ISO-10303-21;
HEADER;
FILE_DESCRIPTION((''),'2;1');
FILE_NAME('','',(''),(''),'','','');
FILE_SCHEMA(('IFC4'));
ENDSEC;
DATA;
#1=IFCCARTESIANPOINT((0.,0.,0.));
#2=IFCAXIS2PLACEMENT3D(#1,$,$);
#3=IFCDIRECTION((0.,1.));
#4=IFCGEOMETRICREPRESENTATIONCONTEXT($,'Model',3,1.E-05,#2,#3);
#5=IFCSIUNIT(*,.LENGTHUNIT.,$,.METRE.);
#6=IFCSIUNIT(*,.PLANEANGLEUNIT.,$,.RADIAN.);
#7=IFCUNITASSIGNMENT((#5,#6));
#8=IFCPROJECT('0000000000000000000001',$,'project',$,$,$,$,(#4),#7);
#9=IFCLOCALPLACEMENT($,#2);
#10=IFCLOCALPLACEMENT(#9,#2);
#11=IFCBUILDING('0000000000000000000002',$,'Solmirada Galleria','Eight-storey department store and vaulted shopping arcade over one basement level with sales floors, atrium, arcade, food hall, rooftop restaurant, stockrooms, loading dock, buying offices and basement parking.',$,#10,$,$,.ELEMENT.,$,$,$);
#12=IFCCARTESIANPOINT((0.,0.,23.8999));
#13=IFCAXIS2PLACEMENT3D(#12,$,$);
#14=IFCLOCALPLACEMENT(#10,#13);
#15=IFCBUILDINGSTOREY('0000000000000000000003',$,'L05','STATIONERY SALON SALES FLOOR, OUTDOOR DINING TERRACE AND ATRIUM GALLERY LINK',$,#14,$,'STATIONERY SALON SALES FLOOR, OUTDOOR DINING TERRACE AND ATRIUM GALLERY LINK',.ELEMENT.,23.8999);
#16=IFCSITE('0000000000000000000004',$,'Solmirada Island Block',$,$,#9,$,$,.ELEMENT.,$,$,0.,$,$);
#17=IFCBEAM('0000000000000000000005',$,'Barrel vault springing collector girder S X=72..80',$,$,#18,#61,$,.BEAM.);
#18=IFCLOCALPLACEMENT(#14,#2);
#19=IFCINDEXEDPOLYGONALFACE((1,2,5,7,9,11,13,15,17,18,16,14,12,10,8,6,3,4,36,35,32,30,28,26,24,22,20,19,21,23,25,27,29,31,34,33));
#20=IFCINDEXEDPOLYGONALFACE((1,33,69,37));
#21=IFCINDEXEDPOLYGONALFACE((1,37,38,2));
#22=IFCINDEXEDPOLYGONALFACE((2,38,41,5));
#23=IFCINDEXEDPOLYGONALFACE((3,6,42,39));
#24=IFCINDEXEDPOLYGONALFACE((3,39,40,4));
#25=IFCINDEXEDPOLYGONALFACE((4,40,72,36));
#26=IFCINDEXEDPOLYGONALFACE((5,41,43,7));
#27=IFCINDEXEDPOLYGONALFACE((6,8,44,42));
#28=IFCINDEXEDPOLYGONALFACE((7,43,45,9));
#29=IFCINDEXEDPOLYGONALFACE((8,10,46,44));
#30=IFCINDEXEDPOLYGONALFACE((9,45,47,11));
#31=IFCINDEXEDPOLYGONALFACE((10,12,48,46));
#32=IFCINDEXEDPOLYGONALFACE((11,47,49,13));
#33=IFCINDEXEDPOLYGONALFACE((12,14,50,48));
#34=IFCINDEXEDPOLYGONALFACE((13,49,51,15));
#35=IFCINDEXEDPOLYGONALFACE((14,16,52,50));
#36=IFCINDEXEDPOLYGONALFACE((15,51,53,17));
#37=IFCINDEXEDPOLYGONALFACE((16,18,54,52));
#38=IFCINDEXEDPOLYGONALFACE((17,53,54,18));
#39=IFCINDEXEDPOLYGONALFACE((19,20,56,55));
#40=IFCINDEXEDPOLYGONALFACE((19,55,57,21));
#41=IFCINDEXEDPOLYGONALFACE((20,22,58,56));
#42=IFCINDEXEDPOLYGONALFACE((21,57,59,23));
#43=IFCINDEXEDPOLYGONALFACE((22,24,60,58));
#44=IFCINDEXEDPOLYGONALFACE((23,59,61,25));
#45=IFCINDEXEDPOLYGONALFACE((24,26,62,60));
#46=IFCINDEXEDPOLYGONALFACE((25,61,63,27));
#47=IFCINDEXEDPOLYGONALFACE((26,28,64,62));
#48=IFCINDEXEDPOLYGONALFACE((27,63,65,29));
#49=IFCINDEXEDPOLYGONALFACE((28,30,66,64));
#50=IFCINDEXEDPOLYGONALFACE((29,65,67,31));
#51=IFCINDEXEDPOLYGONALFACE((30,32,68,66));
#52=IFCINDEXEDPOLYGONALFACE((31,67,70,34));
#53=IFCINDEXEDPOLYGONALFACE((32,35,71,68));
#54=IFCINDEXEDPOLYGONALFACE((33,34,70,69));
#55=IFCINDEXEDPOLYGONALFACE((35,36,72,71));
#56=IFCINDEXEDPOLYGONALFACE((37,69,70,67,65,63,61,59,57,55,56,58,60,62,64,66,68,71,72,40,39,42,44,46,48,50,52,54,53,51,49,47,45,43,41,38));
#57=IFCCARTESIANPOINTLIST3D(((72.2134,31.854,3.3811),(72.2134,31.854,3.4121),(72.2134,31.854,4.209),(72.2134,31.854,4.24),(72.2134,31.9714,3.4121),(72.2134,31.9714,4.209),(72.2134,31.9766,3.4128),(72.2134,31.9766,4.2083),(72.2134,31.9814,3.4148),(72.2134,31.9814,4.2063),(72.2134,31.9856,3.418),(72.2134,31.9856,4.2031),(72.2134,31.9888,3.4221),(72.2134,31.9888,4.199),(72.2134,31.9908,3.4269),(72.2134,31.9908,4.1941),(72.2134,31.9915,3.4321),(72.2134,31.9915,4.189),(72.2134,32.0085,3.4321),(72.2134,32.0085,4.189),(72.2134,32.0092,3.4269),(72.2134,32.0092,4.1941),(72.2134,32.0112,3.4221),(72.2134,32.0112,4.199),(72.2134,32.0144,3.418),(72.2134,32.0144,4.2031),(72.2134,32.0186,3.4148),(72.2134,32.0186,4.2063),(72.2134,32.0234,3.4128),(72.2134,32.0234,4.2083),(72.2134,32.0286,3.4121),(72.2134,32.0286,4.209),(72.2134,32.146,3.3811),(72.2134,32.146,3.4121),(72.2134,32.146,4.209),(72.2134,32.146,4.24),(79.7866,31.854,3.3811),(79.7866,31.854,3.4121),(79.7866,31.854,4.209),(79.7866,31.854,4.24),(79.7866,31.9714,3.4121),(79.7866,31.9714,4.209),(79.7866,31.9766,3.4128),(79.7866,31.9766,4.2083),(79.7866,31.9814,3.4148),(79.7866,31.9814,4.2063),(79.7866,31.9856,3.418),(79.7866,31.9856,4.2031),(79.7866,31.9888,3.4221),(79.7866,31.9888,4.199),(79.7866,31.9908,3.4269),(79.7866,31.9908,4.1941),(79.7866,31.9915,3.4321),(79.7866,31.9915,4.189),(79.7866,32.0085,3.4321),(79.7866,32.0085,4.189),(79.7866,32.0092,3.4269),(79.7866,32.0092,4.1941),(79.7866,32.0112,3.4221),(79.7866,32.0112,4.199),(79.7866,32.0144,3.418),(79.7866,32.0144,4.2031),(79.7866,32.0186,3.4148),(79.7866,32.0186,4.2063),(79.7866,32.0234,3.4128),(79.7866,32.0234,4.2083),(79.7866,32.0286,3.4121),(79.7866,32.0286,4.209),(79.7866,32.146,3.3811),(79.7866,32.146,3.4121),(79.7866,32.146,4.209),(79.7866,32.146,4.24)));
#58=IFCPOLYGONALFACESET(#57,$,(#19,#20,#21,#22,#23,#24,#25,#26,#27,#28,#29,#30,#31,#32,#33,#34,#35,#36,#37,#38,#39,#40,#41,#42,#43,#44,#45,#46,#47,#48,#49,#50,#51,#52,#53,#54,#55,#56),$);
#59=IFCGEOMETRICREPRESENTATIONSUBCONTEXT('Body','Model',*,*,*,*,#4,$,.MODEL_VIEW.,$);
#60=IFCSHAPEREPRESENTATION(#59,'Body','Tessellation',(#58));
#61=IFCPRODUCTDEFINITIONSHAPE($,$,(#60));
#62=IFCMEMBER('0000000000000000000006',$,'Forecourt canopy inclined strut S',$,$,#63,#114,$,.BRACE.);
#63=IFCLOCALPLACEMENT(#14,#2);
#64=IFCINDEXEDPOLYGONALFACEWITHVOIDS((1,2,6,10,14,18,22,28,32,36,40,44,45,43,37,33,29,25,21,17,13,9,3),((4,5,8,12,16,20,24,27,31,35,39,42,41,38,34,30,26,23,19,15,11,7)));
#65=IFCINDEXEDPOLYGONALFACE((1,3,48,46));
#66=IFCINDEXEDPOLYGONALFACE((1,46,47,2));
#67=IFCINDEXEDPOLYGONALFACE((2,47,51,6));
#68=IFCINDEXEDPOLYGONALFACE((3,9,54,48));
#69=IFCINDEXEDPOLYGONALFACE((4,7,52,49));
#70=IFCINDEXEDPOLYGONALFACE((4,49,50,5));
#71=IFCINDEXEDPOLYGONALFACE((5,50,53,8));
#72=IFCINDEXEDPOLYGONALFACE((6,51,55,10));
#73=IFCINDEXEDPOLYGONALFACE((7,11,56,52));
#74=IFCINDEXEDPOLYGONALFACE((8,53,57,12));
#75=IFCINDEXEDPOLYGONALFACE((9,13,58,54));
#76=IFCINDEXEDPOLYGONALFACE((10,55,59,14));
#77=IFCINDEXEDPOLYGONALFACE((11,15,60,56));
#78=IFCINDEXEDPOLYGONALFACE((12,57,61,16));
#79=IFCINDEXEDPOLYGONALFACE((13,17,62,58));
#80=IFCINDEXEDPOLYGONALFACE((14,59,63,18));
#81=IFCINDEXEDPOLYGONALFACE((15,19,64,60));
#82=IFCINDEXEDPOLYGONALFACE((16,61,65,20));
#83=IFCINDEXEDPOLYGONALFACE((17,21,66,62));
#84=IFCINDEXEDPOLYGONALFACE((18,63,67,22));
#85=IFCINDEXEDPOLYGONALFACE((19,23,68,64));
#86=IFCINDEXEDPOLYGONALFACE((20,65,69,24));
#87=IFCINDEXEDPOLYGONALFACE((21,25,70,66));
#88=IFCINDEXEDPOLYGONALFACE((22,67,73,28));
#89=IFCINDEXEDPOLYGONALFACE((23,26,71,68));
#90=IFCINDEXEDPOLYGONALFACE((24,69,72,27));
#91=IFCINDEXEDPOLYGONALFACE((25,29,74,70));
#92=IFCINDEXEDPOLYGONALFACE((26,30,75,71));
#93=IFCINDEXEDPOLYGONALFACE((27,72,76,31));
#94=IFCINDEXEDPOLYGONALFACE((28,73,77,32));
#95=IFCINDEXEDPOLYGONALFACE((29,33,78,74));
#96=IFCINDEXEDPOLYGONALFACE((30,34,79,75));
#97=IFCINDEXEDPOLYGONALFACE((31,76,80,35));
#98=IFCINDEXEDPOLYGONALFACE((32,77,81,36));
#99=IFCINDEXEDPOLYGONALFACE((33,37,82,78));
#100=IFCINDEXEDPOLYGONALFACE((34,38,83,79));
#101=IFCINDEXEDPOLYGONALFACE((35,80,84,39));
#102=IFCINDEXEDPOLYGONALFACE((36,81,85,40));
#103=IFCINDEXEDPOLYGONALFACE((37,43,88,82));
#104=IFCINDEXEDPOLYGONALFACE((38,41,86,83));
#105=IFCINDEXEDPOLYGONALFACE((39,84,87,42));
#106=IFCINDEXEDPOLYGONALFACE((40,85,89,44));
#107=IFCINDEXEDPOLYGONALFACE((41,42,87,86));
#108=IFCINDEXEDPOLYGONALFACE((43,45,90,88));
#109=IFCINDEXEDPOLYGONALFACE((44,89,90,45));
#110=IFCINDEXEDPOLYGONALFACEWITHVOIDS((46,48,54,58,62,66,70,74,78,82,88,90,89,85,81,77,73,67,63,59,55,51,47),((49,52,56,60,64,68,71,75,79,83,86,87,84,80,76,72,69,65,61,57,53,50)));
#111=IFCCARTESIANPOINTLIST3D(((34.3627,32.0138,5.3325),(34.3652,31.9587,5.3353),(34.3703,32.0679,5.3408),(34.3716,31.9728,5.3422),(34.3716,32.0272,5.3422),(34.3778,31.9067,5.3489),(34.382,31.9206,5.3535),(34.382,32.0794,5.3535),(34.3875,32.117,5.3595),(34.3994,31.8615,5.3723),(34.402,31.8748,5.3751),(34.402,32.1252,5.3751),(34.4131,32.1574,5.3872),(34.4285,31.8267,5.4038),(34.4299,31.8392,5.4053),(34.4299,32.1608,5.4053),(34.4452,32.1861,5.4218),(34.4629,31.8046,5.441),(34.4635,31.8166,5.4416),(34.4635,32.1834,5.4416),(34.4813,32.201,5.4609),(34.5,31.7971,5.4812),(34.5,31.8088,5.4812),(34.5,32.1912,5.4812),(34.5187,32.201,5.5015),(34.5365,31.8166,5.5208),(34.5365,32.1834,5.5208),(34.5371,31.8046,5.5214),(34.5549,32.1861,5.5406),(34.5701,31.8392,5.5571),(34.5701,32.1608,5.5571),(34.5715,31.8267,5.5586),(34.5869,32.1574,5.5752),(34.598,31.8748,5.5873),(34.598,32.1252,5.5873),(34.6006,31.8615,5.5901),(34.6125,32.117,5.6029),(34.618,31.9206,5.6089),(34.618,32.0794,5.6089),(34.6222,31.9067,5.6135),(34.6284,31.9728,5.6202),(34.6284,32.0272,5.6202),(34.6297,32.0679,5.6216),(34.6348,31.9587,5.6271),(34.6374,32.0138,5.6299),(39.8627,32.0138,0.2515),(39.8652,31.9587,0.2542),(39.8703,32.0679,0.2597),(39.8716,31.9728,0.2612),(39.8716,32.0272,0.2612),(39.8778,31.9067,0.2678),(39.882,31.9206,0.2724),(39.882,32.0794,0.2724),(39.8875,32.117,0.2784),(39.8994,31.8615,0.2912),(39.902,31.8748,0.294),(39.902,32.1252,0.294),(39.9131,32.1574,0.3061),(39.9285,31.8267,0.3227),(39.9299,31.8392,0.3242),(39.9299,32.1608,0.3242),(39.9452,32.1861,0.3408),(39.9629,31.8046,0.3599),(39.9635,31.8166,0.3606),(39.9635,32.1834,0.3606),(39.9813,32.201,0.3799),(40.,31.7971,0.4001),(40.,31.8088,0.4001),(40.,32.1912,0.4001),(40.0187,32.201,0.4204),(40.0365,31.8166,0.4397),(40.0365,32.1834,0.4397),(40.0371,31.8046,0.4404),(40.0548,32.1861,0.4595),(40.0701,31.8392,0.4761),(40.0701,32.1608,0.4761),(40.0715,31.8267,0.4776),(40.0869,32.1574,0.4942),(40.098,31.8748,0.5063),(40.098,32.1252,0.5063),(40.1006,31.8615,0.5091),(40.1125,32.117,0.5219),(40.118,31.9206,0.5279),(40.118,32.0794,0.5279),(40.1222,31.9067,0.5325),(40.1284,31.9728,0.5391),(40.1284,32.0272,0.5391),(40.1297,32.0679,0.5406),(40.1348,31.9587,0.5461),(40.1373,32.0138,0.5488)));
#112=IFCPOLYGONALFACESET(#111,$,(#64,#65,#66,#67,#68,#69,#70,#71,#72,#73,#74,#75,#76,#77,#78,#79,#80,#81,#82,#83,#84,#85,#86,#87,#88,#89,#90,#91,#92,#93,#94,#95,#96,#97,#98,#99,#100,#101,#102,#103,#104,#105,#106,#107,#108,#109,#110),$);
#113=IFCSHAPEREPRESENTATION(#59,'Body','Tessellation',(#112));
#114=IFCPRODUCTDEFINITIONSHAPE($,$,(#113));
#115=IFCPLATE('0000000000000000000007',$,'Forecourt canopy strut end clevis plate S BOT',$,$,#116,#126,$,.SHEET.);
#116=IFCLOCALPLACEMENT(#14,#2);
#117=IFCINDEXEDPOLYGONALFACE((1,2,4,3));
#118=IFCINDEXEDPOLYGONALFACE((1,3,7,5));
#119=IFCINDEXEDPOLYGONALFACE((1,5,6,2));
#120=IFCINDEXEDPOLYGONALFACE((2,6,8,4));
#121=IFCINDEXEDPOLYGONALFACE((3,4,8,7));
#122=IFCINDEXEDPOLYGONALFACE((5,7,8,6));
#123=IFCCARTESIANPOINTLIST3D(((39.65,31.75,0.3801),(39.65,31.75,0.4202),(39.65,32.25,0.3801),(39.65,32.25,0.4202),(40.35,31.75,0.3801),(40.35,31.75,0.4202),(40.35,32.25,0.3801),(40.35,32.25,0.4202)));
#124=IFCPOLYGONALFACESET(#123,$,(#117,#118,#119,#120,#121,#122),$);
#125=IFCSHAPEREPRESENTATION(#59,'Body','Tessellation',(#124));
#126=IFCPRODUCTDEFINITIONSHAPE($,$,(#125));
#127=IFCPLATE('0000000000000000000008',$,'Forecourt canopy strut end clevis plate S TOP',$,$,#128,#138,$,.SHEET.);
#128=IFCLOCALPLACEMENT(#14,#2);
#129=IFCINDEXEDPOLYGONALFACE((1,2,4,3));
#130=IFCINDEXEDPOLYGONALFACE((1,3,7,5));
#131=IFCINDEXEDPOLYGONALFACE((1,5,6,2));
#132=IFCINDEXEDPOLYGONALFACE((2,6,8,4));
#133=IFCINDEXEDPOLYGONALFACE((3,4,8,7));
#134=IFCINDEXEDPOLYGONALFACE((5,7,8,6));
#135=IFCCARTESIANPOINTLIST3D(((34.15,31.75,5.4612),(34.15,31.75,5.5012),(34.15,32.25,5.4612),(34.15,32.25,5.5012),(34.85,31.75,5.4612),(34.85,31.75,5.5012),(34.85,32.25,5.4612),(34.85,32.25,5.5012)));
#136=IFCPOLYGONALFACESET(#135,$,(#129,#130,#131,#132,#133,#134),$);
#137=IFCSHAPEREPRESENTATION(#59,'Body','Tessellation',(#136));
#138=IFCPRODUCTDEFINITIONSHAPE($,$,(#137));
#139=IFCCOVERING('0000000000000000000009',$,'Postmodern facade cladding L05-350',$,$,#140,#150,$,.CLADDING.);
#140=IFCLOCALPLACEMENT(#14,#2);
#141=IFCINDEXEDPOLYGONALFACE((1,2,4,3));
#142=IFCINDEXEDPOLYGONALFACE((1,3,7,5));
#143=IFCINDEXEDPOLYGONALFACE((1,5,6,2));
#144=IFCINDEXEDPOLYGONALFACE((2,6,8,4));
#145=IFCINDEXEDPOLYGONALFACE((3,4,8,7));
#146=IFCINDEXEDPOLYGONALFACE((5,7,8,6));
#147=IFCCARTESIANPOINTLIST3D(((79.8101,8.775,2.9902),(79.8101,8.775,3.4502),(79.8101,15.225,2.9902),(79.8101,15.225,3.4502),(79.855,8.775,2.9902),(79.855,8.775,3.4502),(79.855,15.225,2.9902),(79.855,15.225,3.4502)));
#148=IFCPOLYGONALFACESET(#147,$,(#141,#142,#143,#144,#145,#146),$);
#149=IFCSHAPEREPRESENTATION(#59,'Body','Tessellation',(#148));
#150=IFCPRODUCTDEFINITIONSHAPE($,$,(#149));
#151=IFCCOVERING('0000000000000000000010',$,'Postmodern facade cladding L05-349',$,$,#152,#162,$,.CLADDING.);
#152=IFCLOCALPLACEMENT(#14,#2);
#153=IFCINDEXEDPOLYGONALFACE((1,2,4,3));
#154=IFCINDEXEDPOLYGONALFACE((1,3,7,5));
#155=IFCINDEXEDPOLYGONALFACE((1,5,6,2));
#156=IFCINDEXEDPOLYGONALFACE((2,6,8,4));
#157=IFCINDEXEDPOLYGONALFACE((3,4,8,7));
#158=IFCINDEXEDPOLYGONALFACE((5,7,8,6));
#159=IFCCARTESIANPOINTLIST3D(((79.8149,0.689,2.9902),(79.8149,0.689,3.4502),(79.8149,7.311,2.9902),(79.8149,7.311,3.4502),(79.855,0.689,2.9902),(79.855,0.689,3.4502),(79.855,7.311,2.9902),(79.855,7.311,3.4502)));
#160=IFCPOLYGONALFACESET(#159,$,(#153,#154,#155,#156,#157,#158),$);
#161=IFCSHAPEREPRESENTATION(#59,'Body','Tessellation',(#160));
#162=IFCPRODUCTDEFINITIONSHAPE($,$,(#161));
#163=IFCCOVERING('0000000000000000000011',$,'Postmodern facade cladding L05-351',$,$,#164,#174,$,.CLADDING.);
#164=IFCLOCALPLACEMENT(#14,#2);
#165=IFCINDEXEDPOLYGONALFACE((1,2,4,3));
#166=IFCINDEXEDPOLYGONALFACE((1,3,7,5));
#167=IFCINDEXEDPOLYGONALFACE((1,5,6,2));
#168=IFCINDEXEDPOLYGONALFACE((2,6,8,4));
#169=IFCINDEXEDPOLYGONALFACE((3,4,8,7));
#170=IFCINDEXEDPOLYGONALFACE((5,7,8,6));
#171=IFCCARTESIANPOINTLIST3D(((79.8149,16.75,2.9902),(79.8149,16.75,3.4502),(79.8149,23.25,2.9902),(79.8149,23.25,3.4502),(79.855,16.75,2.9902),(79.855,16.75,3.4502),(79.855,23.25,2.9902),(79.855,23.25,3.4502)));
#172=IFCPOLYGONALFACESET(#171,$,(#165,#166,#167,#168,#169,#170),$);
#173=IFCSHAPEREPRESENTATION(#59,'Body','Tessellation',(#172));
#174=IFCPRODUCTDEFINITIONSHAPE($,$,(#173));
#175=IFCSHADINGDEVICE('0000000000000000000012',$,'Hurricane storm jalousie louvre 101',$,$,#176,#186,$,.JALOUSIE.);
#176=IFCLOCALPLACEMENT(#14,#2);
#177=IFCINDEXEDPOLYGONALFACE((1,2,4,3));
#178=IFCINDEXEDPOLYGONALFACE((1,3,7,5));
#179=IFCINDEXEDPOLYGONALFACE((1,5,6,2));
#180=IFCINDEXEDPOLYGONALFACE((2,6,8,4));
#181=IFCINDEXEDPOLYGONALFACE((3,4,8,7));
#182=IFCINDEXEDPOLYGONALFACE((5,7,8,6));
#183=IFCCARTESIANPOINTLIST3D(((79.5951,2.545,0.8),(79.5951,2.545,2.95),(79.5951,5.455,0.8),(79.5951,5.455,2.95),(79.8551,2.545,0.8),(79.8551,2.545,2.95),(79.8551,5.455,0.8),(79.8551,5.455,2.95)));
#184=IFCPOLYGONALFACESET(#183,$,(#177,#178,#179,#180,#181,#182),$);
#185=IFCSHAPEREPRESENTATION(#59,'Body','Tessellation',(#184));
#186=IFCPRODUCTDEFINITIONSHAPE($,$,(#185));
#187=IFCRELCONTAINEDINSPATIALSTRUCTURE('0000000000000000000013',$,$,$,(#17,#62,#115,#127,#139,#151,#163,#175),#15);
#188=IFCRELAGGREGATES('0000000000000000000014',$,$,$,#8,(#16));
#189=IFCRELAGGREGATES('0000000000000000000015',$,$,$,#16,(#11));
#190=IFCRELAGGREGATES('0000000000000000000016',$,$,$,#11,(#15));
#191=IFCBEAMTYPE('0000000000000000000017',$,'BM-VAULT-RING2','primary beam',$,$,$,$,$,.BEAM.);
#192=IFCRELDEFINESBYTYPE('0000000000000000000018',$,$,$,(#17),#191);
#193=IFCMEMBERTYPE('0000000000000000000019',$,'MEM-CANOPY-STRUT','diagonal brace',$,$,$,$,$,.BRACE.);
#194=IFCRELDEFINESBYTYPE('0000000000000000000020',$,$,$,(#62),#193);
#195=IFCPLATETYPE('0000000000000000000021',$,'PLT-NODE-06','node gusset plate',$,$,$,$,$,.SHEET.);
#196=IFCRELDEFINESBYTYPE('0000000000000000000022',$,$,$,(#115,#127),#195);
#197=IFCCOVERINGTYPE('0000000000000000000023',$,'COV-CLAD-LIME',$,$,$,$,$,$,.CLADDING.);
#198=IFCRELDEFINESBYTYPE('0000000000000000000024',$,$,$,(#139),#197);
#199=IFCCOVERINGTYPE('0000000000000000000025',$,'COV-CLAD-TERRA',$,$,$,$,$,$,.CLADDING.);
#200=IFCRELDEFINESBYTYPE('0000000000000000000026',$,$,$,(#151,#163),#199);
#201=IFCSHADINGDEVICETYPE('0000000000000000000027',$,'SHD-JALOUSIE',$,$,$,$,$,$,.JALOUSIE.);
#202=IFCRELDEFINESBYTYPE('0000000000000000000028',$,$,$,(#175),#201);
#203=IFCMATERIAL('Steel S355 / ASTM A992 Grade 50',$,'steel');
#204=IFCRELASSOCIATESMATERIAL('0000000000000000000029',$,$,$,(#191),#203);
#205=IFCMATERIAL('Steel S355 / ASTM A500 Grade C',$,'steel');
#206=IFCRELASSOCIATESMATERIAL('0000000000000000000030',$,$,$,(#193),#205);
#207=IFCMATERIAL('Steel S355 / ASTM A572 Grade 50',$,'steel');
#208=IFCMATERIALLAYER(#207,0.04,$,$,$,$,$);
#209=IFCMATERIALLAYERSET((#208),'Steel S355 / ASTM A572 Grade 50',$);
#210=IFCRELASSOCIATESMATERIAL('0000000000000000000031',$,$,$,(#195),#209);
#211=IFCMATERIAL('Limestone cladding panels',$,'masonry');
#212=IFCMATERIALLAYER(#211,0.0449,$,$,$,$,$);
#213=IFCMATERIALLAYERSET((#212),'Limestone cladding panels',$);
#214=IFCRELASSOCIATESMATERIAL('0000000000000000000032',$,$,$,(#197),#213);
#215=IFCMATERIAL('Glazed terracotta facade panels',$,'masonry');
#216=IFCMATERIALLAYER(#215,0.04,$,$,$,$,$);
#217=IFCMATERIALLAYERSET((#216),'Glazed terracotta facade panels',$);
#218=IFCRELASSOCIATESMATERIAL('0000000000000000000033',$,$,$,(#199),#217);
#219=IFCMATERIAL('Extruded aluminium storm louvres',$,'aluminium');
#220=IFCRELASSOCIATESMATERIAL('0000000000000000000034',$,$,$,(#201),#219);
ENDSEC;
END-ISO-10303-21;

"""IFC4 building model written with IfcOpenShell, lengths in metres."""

from ifc_helpers import new_model, si_unit, direction, frame, origin, origin_2d, place, context, subcontext, project, spatial, rectangle, hollow_circle, i_section, extrude, material, layer, layer_set, material_profile, profile_set, type_object, element, save


model = new_model("IFC4")

# Units and contexts
model_context = context("Model", 3, precision=1e-05, world=origin(), true_north=direction((0.0, 1.0)))
body_context = subcontext(model_context, "Body", "Model", "MODEL_VIEW")
ifc_project = project(units=[si_unit("LENGTHUNIT", "METRE"), si_unit("PLANEANGLEUNIT", "RADIAN")], contexts=[model_context])

# Site, building, storey
site_placement = place(None, origin())
site = spatial("IfcSite", under=ifc_project, at=site_placement, Name="Solmirada Island Block", CompositionType="ELEMENT", RefElevation=0.0)
building_placement = place(site_placement, origin())
building = spatial("IfcBuilding", under=site, at=building_placement, Name="Solmirada Galleria", Description="Eight-storey department store and vaulted shopping arcade over one basement level with sales floors, atrium, arcade, food hall, rooftop restaurant, stockrooms, loading dock, buying offices and basement parking.", CompositionType="ELEMENT")
storey_placement = place(building_placement, frame((0.0, 0.0, 23.8999)))
storey = spatial("IfcBuildingStorey", under=building, at=storey_placement, Name="L05", Description="STATIONERY SALON SALES FLOOR, OUTDOOR DINING TERRACE AND ATRIUM GALLERY LINK", LongName="STATIONERY SALON SALES FLOOR, OUTDOOR DINING TERRACE AND ATRIUM GALLERY LINK", CompositionType="ELEMENT", Elevation=23.8999)

# Shared definitions
ifc_material_1 = material(Name="Steel S355 / ASTM A500 Grade C", Category="steel")

# Beam
ifc_material_2 = material(Name="Steel S355 / ASTM A572 Grade 50", Category="steel")
ifc_material_3 = material(Name="Steel S355 / ASTM A992 Grade 50", Category="steel")
ifc_material_profile_1 = material_profile(ifc_material_3, i_section(OverallWidth=0.292, OverallDepth=0.8589, WebThickness=0.0171, FlangeThickness=0.031, FilletRadius=0.02, at=origin_2d()), Name="W33X169")
ifc_profile_set_1 = profile_set([ifc_material_profile_1], Name="Steel S355 / ASTM A992 Grade 50")
beam_type_1 = type_object("IfcBeamType", Name="BM-VAULT-RING2", Description="primary beam", PredefinedType="BEAM", material=ifc_profile_set_1)
for number, where, z_axis, x_axis, name in (
    (1, (72.2134, 32.0, 3.8105), (1.0, 0.0, 0.0), (0.0, 1.0, 0.0), "Barrel vault springing collector girder S X=72..80"),
):
    element("IfcBeam", number, at=place(storey_placement, frame(where, z_axis=z_axis, x_axis=x_axis)), inside=storey, type_object=beam_type_1, Name=name, PredefinedType="BEAM", context=body_context, shape_type="SweptSolid", body=[
        extrude(i_section(OverallWidth=0.292, OverallDepth=0.8589, WebThickness=0.0171, FlangeThickness=0.031, FilletRadius=0.02, at=origin_2d()), origin(), (0.0, 0.0, 1.0), 7.5732),
    ])

# Member
ifc_material_profile_2 = material_profile(ifc_material_1, hollow_circle(Radius=0.2029, WallThickness=0.0117, at=origin_2d()), Name="HSS16.000X0.500")
ifc_profile_set_2 = profile_set([ifc_material_profile_2], Name="Steel S355 / ASTM A500 Grade C")
member_type = type_object("IfcMemberType", Name="MEM-CANOPY-STRUT", Description="diagonal brace", PredefinedType="BRACE", material=ifc_profile_set_2)
member_placement = place(storey_placement, frame((40.0, 32.0, 0.4001), z_axis=(-0.734528, 0.0, 0.678578), x_axis=(0.0, -1.0, 0.0)))
element("IfcMember", 2, at=member_placement, inside=storey, type_object=member_type, Name="Forecourt canopy inclined strut S", PredefinedType="BRACE", context=body_context, shape_type="SweptSolid", body=[
    extrude(hollow_circle(Radius=0.2029, WallThickness=0.0117, at=origin_2d()), origin(), (0.0, 0.0, 1.0), 7.4878),
])

# Plates
ifc_layer_1 = layer(ifc_material_2, 0.04)
ifc_layer_set_1 = layer_set([ifc_layer_1], Name="Steel S355 / ASTM A572 Grade 50")
plate_type = type_object("IfcPlateType", Name="PLT-NODE-06", Description="node gusset plate", PredefinedType="SHEET", material=ifc_layer_set_1)
for number, where, z_axis, x_axis, name in (
    (3, (40.0, 32.0, 0.3801), (0.0, 0.0, 1.0), (1.0, 0.0, 0.0), "Forecourt canopy strut end clevis plate S BOT"),
    (4, (34.5, 32.0, 5.4612), (0.0, 0.0, 1.0), (1.0, 0.0, 0.0), "Forecourt canopy strut end clevis plate S TOP"),
):
    element("IfcPlate", number, at=place(storey_placement, frame(where, z_axis=z_axis, x_axis=x_axis)), inside=storey, type_object=plate_type, Name=name, PredefinedType="SHEET", context=body_context, shape_type="SweptSolid", body=[
        extrude(rectangle(XDim=0.7, YDim=0.5, at=origin_2d()), origin(), (0.0, 0.0, 1.0), 0.04),
    ])

# Coverings
ifc_material_4 = material(Name="Limestone cladding panels", Category="masonry")
ifc_layer_2 = layer(ifc_material_4, 0.0449)
ifc_layer_set_2 = layer_set([ifc_layer_2], Name="Limestone cladding panels")
covering_type_1 = type_object("IfcCoveringType", Name="COV-CLAD-LIME", PredefinedType="CLADDING", material=ifc_layer_set_2)
covering_1_placement = place(storey_placement, frame((79.8325, 12.0, 2.9902), z_axis=(0.0, 0.0, 1.0), x_axis=(0.0, 1.0, 0.0)))
element("IfcCovering", 5, at=covering_1_placement, inside=storey, type_object=covering_type_1, Name="Postmodern facade cladding L05-350", PredefinedType="CLADDING", context=body_context, shape_type="SweptSolid", body=[
    extrude(rectangle(XDim=6.45, YDim=0.0449, at=origin_2d()), origin(), (0.0, 0.0, 1.0), 0.46),
])
ifc_material_5 = material(Name="Glazed terracotta facade panels", Category="masonry")
ifc_layer_3 = layer(ifc_material_5, 0.04)
ifc_layer_set_3 = layer_set([ifc_layer_3], Name="Glazed terracotta facade panels")
covering_type_2 = type_object("IfcCoveringType", Name="COV-CLAD-TERRA", PredefinedType="CLADDING", material=ifc_layer_set_3)
covering_2_placement = place(storey_placement, frame((79.835, 4.0, 2.9902), z_axis=(0.0, 0.0, 1.0), x_axis=(0.0, 1.0, 0.0)))
element("IfcCovering", 6, at=covering_2_placement, inside=storey, type_object=covering_type_2, Name="Postmodern facade cladding L05-349", PredefinedType="CLADDING", context=body_context, shape_type="SweptSolid", body=[
    extrude(rectangle(XDim=6.6221, YDim=0.04, at=origin_2d()), origin(), (0.0, 0.0, 1.0), 0.46),
])
covering_3_placement = place(storey_placement, frame((79.835, 20.0, 2.9902), z_axis=(0.0, 0.0, 1.0), x_axis=(0.0, 1.0, 0.0)))
element("IfcCovering", 7, at=covering_3_placement, inside=storey, type_object=covering_type_2, Name="Postmodern facade cladding L05-351", PredefinedType="CLADDING", context=body_context, shape_type="SweptSolid", body=[
    extrude(rectangle(XDim=6.5, YDim=0.04, at=origin_2d()), origin(), (0.0, 0.0, 1.0), 0.46),
])

# Shading device
ifc_material_6 = material(Name="Extruded aluminium storm louvres", Category="aluminium")
shading_device_type = type_object("IfcShadingDeviceType", Name="SHD-JALOUSIE", PredefinedType="JALOUSIE", material=ifc_material_6)
shading_device_placement = place(storey_placement, frame((79.7251, 4.0, 0.8), z_axis=(0.0, 0.0, 1.0), x_axis=(0.0, 1.0, 0.0)))
element("IfcShadingDevice", 8, at=shading_device_placement, inside=storey, type_object=shading_device_type, Name="Hurricane storm jalousie louvre 101", PredefinedType="JALOUSIE", context=body_context, shape_type="SweptSolid", body=[
    extrude(rectangle(XDim=2.9099, YDim=0.26, at=origin_2d()), origin(), (0.0, 0.0, 1.0), 2.1499),
])

save(model, "model.ifc")
